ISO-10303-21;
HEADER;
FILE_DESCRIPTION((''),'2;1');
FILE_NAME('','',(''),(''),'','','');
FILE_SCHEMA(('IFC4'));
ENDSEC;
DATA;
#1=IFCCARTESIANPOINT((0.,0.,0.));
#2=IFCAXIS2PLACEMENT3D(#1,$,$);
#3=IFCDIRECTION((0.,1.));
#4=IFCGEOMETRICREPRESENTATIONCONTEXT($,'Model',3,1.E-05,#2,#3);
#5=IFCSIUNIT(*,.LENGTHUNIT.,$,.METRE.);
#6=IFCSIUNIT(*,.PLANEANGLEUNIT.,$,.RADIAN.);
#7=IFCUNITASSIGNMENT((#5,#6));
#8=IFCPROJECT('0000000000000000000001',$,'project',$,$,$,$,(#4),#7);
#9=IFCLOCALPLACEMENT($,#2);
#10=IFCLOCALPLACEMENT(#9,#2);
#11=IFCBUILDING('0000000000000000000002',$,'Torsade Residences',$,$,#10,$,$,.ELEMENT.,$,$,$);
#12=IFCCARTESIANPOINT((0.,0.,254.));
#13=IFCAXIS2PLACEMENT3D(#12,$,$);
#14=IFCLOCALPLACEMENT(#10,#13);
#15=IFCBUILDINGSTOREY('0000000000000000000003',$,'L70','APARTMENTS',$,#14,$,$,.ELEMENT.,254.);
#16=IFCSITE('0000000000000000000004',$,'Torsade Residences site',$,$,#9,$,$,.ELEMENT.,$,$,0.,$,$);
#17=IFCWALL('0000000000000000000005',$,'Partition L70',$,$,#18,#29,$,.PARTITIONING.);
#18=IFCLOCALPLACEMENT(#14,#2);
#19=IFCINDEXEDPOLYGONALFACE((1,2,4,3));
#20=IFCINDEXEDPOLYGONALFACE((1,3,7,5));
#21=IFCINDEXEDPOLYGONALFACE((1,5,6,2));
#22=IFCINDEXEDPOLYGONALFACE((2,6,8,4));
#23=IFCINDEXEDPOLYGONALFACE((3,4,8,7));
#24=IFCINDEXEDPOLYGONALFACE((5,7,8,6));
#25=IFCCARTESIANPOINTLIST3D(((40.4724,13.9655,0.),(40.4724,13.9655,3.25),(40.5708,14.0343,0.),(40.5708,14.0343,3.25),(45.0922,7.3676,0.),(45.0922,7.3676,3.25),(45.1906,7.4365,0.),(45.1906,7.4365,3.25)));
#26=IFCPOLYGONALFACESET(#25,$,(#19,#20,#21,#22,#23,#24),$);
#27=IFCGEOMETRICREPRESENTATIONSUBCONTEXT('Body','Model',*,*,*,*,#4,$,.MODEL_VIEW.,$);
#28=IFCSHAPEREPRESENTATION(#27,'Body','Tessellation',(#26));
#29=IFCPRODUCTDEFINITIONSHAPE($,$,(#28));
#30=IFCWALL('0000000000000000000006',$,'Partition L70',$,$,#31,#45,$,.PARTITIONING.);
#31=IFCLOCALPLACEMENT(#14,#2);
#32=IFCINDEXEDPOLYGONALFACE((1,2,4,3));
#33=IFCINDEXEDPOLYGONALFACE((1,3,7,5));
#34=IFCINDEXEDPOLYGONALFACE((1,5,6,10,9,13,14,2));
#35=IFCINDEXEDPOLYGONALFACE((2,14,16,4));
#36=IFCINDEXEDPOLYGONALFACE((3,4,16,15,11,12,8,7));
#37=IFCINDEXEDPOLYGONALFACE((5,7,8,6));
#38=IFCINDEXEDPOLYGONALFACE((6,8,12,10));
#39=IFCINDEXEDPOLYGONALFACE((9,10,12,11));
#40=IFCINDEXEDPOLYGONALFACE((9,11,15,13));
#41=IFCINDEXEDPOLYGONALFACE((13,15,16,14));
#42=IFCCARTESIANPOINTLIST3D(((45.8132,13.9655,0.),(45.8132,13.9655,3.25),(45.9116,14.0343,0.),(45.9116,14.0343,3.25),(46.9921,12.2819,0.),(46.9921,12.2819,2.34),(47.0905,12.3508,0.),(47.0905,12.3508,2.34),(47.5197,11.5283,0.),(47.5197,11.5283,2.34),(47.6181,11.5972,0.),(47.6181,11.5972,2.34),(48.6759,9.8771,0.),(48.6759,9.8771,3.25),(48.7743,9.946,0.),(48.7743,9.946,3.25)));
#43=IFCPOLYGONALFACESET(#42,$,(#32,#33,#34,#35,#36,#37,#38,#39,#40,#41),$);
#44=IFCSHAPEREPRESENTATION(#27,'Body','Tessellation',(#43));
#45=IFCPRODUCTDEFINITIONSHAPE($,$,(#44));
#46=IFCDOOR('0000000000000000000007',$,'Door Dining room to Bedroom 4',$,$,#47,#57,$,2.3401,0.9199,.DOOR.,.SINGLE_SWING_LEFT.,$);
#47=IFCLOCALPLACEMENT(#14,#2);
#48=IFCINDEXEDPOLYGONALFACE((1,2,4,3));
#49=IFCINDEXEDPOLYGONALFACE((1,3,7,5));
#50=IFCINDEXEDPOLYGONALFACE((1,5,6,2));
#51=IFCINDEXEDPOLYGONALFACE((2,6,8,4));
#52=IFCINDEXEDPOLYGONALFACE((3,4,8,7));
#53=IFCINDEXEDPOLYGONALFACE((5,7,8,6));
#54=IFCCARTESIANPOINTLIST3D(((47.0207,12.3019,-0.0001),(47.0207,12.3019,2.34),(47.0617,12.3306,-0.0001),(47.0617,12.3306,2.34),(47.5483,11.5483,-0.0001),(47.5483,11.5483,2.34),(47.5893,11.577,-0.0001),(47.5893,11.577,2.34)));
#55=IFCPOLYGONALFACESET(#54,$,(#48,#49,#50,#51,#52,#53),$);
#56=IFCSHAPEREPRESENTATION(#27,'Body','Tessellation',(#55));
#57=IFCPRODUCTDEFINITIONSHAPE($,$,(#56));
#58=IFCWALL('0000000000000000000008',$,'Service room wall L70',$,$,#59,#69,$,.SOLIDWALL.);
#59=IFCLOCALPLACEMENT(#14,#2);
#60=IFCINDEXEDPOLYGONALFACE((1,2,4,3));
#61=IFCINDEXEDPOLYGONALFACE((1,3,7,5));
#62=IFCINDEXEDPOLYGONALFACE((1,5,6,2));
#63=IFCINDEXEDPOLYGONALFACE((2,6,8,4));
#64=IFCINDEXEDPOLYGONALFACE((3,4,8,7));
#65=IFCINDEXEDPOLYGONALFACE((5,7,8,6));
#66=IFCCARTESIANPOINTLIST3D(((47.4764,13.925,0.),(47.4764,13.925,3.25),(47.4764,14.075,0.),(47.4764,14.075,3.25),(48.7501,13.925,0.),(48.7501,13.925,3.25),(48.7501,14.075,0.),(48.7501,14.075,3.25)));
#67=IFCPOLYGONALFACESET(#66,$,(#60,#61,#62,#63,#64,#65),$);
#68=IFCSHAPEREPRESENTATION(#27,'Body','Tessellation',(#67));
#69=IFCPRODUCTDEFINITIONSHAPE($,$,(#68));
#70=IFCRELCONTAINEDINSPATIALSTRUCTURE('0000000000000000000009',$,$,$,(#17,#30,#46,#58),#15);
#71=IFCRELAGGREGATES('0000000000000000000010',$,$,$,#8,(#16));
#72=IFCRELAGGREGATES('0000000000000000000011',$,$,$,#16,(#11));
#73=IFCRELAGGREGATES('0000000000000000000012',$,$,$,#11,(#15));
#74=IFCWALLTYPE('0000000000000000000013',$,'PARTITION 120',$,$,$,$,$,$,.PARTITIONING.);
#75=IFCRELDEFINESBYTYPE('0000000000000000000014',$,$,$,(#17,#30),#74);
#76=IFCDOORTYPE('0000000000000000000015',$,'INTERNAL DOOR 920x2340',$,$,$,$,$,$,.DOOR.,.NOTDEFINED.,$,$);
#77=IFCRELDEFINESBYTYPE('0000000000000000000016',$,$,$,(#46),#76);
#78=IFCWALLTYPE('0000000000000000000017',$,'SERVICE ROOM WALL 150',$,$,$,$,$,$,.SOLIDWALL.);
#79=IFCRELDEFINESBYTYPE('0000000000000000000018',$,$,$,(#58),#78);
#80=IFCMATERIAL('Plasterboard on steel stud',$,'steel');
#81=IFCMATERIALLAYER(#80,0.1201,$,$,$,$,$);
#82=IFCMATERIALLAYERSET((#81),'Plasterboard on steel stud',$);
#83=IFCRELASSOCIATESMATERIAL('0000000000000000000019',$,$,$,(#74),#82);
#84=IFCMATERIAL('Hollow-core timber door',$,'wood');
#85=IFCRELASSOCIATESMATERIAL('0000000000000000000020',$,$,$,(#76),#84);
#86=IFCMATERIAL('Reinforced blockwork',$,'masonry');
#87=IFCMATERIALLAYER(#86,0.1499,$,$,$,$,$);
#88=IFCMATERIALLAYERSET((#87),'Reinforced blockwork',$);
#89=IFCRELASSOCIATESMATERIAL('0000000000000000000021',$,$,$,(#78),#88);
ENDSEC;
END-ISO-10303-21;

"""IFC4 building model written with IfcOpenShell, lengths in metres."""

from ifc_helpers import new_model, si_unit, direction, frame, frame_2d, origin, place, context, subcontext, project, spatial, rectangle, extrude, material, layer, layer_set, type_object, element, fill, save


model = new_model("IFC4")

# Units and contexts
model_context = context("Model", 3, precision=1e-05, world=origin(), true_north=direction((0.0, 1.0)))
body_context = subcontext(model_context, "Body", "Model", "MODEL_VIEW")
ifc_project = project(units=[si_unit("LENGTHUNIT", "METRE"), si_unit("PLANEANGLEUNIT", "RADIAN")], contexts=[model_context])

# Site, building, storey
site_placement = place(None, origin())
site = spatial("IfcSite", under=ifc_project, at=site_placement, Name="Torsade Residences site", CompositionType="ELEMENT", RefElevation=0.0)
building_placement = place(site_placement, origin())
building = spatial("IfcBuilding", under=site, at=building_placement, Name="Torsade Residences", CompositionType="ELEMENT")
storey_placement = place(building_placement, frame((0.0, 0.0, 254.0)))
storey = spatial("IfcBuildingStorey", under=building, at=storey_placement, Name="L70", Description="APARTMENTS", CompositionType="ELEMENT", Elevation=254.0)

# Shared definitions
ifc_material_1 = material(Name="Plasterboard on steel stud", Category="steel")
ifc_layer_1 = layer(ifc_material_1, 0.1201)
ifc_layer_set_1 = layer_set([ifc_layer_1], Name="Plasterboard on steel stud")
wall_type_1 = type_object("IfcWallType", Name="PARTITION 120", PredefinedType="PARTITIONING", material=ifc_layer_set_1)

# Shared definitions
ifc_material_2 = material(Name="Hollow-core timber door", Category="wood")
door_type_1 = type_object("IfcDoorType", Name="INTERNAL DOOR 920x2340", OperationType="NOTDEFINED", PredefinedType="DOOR", material=ifc_material_2)

# Wall
wall_1_placement = place(storey_placement, frame((40.5215, 14.0, 0.0), z_axis=(0.0, 0.0, 1.0), x_axis=(0.573574, -0.819154, 0.0)))
element("IfcWall", 1, at=wall_1_placement, inside=storey, type_object=wall_type_1, Name="Partition L70", PredefinedType="PARTITIONING", context=body_context, shape_type="SweptSolid", body=[
    extrude(rectangle(XDim=8.0544, YDim=0.1201, at=frame_2d((4.0273, 0.0))), origin(), (0.0, 0.0, 1.0), 3.25),
])

# Wall, opening, door
wall_2_placement = place(storey_placement, frame((45.8623, 14.0, 0.0), z_axis=(0.0, 0.0, 1.0), x_axis=(0.573587, -0.819145, 0.0)))
wall_2 = element("IfcWall", 2, at=wall_2_placement, inside=storey, type_object=wall_type_1, Name="Partition L70", PredefinedType="PARTITIONING", context=body_context, shape_type="SweptSolid", body=[
    extrude(rectangle(XDim=4.991, YDim=0.1201, at=frame_2d((2.4956, 0.0))), origin(), (0.0, 0.0, 1.0), 3.25),
])
opening_1_placement = place(wall_2_placement, frame((2.0554, 0.0, 0.0)))
opening_1 = element("IfcOpeningElement", 3, at=opening_1_placement, cuts=wall_2, PredefinedType="OPENING", context=body_context, shape_type="SweptSolid", body=[
    extrude(rectangle(XDim=0.9199, YDim=2.3401, at=frame_2d((0.46, 1.1699))), frame((0.0, 0.0701, 0.0), z_axis=(0.0, -1.0, 0.0), x_axis=(1.0, 0.0, 0.0)), (0.0, 0.0, 1.0), 0.1401),
])
door_1_placement = place(opening_1_placement, origin())
door_1 = element("IfcDoor", 4, at=door_1_placement, inside=storey, type_object=door_type_1, Name="Door Dining room to Bedroom 4", OperationType="SINGLE_SWING_LEFT", OverallHeight=2.3401, OverallWidth=0.9199, PredefinedType="DOOR", context=body_context, shape_type="SweptSolid", body=[
    extrude(rectangle(XDim=0.9199, YDim=2.3401, at=frame_2d((0.46, 1.1699))), frame((0.0, 0.0249, 0.0), z_axis=(0.0, -1.0, 0.0), x_axis=(1.0, 0.0, 0.0)), (0.0, 0.0, 1.0), 0.05),
])
fill(opening_1, door_1)

# Wall
ifc_material_3 = material(Name="Reinforced blockwork", Category="masonry")
ifc_layer_2 = layer(ifc_material_3, 0.1499)
ifc_layer_set_2 = layer_set([ifc_layer_2], Name="Reinforced blockwork")
wall_type_2 = type_object("IfcWallType", Name="SERVICE ROOM WALL 150", PredefinedType="SOLIDWALL", material=ifc_layer_set_2)
wall_3_placement = place(storey_placement, frame((48.75, 14.0, 0.0), z_axis=(0.0, 0.0, 1.0), x_axis=(-1.0, 0.0, 0.0)))
element("IfcWall", 5, at=wall_3_placement, inside=storey, type_object=wall_type_2, Name="Service room wall L70", PredefinedType="SOLIDWALL", context=body_context, shape_type="SweptSolid", body=[
    extrude(rectangle(XDim=1.2737, YDim=0.1499, at=frame_2d((0.6367, 0.0))), origin(), (0.0, 0.0, 1.0), 3.25),
])

save(model, "model.ifc")
